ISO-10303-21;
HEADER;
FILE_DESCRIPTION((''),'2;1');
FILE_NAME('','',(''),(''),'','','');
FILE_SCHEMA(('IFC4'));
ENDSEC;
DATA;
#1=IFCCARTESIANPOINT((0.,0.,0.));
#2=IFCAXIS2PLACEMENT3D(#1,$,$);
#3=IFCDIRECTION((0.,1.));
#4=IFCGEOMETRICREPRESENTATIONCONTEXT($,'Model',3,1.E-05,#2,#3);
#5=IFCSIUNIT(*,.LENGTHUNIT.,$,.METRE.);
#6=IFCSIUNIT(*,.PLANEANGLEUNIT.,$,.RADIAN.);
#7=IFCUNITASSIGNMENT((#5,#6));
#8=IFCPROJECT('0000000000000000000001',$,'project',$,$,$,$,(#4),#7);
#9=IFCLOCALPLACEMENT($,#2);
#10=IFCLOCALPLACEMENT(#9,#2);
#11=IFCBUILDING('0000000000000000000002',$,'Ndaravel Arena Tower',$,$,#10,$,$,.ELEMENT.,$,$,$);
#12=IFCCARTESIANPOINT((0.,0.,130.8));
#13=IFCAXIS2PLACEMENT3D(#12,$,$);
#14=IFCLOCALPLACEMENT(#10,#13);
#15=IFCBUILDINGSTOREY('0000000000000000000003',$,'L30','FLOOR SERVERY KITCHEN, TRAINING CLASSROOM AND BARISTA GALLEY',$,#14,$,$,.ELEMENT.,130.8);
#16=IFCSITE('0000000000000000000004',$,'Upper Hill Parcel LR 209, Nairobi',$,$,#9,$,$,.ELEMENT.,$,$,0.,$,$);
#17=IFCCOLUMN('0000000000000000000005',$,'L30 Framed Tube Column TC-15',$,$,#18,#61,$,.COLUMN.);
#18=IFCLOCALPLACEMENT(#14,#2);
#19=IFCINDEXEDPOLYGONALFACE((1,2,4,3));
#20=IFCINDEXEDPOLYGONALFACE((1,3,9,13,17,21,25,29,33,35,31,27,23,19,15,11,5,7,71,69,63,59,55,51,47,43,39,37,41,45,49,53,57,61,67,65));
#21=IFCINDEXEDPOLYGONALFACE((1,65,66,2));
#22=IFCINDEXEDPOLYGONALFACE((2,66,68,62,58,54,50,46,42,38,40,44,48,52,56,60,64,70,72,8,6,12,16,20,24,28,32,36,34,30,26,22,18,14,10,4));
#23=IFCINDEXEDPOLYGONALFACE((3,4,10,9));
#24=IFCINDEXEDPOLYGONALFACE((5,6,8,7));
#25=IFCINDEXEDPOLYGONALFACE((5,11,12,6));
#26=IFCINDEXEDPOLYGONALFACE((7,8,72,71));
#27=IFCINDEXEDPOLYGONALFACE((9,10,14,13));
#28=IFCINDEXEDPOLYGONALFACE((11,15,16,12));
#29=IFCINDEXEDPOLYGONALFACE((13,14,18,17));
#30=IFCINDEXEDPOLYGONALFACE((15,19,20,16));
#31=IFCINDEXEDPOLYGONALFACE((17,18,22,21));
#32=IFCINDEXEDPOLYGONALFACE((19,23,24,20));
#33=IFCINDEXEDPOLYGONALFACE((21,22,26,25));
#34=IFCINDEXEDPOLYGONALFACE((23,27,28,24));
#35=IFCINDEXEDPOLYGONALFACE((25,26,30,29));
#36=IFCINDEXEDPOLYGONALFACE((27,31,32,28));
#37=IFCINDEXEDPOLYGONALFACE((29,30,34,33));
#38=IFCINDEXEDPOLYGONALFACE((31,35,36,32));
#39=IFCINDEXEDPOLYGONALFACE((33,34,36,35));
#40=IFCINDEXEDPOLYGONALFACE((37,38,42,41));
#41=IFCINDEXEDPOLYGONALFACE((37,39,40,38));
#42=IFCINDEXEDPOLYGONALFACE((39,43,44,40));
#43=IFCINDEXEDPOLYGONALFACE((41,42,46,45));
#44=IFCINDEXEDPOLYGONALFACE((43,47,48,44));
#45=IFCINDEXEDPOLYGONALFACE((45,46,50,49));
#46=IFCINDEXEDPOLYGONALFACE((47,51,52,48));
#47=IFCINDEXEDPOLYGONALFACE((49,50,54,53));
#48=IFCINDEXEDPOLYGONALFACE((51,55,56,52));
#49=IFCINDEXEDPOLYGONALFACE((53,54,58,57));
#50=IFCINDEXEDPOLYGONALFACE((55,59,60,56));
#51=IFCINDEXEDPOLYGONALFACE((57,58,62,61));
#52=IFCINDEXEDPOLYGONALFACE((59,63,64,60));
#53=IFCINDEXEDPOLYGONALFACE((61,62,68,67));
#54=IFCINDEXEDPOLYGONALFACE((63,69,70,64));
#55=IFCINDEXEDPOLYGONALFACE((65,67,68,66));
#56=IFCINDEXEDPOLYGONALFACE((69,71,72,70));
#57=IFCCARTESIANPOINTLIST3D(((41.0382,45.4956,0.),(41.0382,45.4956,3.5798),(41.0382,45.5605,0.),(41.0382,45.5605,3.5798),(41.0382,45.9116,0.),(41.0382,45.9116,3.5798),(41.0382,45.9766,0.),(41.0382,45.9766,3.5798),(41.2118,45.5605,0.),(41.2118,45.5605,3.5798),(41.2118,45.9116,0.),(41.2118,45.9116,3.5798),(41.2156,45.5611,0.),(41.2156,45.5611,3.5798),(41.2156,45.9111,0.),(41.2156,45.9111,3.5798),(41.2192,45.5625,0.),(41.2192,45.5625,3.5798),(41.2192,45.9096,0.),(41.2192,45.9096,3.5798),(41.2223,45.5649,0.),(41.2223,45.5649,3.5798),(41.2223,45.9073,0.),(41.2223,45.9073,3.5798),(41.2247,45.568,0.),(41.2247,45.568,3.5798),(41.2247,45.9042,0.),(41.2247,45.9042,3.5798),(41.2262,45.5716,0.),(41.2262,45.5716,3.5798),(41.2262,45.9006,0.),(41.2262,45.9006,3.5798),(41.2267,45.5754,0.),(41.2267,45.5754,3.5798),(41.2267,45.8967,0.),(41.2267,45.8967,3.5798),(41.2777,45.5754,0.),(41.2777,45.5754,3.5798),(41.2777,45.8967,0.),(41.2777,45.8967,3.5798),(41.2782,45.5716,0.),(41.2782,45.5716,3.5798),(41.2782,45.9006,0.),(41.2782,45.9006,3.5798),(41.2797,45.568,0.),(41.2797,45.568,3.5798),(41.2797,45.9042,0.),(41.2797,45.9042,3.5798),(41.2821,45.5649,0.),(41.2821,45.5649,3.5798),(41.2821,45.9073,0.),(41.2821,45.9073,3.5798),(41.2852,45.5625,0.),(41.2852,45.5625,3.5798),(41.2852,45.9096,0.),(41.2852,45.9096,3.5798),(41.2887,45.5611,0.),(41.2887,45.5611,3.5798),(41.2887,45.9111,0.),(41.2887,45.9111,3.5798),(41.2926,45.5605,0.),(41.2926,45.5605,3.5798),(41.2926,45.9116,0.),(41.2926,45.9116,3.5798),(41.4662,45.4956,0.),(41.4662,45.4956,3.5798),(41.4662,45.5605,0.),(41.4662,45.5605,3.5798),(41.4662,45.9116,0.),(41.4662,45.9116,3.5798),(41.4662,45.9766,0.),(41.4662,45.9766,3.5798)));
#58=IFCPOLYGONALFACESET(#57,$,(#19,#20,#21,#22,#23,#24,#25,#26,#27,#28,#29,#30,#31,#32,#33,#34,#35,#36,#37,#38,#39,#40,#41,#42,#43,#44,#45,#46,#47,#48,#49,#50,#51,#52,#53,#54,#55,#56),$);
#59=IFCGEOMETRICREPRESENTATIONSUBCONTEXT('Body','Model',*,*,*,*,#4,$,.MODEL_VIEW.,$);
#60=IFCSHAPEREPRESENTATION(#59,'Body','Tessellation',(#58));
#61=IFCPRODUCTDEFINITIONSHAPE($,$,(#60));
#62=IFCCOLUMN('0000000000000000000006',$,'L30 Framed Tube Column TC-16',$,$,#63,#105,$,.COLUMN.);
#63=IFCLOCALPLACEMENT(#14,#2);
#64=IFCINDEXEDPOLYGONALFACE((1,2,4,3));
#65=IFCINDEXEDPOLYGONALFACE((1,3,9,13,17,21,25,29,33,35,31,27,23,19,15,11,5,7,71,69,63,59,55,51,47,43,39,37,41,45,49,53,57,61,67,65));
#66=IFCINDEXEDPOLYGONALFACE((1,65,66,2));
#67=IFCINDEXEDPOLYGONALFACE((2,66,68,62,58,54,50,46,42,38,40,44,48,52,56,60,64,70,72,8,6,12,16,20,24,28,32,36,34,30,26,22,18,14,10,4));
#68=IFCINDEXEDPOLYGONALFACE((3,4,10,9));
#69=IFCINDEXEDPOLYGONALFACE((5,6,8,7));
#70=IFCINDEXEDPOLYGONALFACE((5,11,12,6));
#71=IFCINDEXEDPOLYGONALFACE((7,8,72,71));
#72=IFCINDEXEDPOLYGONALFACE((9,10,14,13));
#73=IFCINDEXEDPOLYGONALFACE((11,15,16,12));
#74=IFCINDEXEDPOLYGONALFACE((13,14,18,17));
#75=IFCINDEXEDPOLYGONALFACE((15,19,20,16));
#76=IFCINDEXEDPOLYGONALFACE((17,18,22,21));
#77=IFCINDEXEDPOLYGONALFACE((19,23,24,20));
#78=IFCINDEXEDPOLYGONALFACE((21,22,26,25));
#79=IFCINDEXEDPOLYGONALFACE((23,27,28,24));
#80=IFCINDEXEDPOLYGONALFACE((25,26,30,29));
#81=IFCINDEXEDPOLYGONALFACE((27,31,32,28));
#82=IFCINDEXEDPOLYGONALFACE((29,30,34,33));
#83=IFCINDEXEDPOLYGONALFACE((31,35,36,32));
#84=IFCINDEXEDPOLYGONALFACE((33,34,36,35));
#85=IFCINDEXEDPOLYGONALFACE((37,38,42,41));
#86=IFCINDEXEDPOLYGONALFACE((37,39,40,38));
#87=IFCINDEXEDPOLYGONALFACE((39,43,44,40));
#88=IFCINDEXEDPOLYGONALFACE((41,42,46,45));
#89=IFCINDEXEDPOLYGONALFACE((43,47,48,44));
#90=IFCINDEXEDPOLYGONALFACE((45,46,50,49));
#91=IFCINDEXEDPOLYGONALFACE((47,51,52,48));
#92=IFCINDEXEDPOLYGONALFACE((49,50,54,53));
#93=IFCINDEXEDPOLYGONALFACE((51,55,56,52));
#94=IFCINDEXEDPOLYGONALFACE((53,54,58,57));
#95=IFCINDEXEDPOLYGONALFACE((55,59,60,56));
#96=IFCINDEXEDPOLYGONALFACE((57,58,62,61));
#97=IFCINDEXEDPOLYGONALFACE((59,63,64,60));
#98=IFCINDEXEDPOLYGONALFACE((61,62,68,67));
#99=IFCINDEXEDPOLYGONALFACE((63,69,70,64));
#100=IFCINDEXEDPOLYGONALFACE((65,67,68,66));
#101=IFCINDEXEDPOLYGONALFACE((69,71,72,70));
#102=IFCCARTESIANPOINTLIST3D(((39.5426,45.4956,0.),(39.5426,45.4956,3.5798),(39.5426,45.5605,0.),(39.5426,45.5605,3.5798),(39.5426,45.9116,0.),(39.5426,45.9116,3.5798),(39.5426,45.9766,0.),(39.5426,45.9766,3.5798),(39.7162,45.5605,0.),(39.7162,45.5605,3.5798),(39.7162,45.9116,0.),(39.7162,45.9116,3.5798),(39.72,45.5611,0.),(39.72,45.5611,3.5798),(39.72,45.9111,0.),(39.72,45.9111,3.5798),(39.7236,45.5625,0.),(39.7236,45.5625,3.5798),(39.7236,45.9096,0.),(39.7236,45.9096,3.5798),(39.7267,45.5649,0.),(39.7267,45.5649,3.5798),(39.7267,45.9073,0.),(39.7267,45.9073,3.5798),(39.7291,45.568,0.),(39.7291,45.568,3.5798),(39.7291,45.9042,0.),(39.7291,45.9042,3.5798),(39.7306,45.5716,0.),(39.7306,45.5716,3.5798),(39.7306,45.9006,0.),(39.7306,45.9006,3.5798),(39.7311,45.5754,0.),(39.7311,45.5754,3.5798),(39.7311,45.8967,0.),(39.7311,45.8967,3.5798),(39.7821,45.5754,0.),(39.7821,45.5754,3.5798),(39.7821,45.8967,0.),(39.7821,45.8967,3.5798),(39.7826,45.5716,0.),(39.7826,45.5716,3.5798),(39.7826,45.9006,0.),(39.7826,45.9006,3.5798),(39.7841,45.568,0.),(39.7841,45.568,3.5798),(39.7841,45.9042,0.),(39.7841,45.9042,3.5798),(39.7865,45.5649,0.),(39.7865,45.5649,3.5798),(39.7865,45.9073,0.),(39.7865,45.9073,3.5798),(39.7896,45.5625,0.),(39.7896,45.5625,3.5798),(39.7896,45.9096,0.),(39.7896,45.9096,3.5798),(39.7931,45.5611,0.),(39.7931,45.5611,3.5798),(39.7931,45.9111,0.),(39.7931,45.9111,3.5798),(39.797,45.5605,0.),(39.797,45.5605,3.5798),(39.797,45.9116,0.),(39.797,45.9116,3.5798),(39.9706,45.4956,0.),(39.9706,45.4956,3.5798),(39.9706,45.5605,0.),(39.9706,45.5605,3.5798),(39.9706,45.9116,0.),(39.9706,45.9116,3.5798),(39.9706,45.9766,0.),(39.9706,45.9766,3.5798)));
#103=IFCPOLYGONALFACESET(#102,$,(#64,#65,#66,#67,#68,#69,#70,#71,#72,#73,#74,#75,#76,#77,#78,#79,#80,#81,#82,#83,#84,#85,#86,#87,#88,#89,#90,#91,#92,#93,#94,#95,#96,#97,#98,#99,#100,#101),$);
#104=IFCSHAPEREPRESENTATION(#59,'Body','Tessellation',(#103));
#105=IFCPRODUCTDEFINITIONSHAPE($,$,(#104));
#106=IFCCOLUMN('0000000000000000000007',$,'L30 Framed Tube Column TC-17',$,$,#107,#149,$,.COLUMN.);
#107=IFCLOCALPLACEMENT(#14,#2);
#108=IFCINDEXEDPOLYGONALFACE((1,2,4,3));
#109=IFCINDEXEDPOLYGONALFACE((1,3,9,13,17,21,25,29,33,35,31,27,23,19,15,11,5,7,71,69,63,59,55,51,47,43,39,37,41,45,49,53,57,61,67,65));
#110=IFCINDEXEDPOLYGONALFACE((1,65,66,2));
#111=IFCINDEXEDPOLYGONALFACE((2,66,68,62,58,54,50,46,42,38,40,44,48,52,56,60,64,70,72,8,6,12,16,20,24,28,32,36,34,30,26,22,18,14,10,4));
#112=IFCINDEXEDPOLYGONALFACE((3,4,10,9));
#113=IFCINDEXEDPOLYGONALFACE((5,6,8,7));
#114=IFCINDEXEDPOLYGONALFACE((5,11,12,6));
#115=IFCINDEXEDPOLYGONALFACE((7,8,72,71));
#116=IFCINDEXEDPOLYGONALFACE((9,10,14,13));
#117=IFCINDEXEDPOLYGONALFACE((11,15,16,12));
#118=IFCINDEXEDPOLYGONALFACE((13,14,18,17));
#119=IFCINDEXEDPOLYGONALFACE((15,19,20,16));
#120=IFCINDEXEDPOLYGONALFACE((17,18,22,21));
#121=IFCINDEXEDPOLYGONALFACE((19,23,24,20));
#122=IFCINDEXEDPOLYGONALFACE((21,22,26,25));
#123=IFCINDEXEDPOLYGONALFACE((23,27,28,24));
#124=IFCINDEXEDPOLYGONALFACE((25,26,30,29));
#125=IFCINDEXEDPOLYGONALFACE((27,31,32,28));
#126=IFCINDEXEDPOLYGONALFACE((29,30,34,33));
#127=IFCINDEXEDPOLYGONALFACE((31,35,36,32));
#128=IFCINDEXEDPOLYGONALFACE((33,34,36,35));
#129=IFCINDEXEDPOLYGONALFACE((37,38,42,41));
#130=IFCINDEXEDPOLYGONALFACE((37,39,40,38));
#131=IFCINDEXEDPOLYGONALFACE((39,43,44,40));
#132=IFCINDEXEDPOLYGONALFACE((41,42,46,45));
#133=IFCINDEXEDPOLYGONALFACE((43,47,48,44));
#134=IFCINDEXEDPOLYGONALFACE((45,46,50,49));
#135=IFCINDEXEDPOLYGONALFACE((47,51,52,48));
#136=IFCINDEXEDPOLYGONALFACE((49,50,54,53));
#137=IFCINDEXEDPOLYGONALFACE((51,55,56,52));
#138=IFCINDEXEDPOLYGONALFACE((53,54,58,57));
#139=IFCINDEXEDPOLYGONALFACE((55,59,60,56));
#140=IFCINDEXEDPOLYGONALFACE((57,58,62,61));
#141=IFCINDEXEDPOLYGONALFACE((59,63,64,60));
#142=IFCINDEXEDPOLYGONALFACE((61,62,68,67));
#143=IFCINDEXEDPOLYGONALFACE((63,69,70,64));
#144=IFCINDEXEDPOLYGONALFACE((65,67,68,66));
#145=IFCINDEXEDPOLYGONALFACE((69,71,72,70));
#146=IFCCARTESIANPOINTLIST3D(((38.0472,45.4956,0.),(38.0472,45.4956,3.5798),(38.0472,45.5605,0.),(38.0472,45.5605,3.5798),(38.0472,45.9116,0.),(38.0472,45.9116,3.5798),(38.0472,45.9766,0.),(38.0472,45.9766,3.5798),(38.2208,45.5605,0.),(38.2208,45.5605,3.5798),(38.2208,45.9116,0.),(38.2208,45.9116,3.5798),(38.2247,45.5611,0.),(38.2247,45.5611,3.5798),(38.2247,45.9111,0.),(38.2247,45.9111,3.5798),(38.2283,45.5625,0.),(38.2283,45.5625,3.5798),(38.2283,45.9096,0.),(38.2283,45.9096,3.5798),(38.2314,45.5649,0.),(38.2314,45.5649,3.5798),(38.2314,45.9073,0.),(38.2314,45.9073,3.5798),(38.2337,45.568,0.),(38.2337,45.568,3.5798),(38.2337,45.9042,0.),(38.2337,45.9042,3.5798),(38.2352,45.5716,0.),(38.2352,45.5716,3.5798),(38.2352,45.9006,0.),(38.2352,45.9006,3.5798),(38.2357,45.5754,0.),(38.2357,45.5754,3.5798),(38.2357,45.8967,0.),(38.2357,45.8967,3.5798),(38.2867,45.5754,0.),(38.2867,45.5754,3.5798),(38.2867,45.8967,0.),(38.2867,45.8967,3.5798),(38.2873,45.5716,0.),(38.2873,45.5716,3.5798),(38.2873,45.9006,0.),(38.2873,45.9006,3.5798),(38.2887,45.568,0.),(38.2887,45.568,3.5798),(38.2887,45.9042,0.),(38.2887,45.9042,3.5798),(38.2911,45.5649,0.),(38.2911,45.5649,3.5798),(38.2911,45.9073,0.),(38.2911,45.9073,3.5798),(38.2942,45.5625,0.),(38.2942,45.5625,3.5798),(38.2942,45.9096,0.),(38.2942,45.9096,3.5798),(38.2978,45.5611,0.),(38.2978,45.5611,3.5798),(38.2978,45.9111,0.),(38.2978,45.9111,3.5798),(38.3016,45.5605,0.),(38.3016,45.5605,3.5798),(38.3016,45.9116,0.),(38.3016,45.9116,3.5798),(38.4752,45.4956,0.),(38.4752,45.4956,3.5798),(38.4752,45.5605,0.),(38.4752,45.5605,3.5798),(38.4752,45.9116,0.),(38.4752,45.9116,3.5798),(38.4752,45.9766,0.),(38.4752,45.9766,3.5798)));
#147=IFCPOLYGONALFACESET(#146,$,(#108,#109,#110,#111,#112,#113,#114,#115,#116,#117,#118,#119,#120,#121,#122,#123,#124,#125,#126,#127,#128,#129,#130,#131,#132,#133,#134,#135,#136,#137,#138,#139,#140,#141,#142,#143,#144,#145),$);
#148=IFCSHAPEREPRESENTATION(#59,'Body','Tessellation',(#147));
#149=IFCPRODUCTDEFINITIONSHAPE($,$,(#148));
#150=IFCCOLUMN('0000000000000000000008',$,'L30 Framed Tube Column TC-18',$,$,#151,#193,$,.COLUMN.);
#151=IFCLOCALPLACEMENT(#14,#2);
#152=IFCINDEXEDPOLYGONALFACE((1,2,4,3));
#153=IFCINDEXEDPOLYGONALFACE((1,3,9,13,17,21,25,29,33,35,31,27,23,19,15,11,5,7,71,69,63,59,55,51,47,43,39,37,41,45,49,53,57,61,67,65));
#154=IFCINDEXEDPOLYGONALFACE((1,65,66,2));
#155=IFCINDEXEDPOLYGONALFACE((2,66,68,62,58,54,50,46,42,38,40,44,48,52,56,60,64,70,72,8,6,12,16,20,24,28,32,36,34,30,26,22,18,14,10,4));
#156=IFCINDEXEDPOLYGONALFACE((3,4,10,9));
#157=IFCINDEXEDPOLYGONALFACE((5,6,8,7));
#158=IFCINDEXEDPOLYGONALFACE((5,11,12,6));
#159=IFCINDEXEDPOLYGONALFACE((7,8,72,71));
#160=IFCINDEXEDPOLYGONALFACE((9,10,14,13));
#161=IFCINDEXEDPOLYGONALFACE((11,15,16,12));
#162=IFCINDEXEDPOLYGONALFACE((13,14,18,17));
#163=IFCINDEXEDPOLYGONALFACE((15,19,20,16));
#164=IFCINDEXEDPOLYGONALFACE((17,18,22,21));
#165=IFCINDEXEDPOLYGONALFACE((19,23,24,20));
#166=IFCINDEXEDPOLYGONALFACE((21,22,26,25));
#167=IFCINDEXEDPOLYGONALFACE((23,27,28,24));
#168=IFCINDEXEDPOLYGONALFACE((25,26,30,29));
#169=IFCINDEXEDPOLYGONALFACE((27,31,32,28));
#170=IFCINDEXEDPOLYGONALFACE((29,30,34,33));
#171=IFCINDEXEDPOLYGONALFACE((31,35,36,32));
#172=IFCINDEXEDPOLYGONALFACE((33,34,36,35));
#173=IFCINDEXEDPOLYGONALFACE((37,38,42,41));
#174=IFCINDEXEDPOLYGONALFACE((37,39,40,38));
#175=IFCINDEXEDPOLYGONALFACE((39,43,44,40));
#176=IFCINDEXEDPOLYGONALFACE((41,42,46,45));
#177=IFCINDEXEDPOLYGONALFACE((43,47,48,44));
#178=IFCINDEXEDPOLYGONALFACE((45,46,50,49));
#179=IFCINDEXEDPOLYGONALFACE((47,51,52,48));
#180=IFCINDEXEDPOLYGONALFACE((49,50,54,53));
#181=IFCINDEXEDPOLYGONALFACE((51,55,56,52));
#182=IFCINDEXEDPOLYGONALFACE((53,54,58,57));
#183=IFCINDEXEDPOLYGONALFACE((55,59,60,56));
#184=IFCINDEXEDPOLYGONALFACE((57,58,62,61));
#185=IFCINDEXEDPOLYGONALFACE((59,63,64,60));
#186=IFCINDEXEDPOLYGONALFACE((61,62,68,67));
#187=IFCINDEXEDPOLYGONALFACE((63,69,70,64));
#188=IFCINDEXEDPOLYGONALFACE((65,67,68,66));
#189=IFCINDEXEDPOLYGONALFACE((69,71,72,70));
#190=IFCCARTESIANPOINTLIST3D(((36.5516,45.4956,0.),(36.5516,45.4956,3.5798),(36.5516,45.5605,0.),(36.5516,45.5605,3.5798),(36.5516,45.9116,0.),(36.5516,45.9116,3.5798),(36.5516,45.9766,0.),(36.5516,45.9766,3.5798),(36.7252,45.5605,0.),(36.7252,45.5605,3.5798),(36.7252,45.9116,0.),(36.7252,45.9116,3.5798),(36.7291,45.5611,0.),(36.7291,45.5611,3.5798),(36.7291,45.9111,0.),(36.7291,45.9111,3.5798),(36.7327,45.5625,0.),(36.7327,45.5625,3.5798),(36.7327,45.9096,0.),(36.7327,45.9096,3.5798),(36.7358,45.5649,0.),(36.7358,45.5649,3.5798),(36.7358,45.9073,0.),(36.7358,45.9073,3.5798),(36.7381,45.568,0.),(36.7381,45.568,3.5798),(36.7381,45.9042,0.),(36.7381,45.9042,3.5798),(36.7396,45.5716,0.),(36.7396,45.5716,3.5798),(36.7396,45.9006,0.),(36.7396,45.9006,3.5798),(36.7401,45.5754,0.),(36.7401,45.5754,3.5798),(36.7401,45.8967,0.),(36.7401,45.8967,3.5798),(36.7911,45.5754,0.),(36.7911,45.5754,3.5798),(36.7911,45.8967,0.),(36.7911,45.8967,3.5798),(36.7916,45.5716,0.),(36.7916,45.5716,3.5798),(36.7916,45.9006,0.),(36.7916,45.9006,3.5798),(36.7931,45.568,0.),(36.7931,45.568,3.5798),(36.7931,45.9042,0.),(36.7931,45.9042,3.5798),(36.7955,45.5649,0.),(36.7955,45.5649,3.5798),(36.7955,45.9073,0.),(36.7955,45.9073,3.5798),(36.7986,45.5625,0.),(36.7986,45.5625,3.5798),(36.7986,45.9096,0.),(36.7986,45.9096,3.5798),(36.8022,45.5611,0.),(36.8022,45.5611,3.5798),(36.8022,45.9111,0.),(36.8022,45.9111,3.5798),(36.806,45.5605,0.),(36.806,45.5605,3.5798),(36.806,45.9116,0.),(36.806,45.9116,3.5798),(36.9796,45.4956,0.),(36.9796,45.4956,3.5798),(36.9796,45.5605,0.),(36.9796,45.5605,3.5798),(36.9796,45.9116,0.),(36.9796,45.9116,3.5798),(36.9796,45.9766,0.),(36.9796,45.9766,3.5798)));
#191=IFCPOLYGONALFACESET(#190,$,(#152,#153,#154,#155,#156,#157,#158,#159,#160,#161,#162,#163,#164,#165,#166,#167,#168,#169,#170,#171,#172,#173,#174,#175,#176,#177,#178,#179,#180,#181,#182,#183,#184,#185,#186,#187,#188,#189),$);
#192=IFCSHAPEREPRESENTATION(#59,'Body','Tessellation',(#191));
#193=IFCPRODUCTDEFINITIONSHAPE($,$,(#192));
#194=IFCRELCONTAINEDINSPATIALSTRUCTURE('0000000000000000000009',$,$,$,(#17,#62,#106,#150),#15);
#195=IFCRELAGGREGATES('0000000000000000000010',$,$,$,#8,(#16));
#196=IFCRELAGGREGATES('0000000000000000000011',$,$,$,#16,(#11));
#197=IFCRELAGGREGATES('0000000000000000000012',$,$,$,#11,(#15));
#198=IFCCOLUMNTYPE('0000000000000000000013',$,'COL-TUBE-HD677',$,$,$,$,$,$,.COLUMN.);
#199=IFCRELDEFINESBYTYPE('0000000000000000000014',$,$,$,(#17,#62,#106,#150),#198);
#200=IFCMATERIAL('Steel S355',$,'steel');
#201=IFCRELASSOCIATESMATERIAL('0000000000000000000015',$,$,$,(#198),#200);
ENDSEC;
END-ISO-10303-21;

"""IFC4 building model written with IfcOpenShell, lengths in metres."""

from ifc_helpers import new_model, si_unit, direction, frame, origin, origin_2d, place, context, subcontext, project, spatial, i_section, extrude, material, material_profile, profile_set, type_object, element, save


model = new_model("IFC4")

# Units and contexts
model_context = context("Model", 3, precision=1e-05, world=origin(), true_north=direction((0.0, 1.0)))
body_context = subcontext(model_context, "Body", "Model", "MODEL_VIEW")
ifc_project = project(units=[si_unit("LENGTHUNIT", "METRE"), si_unit("PLANEANGLEUNIT", "RADIAN")], contexts=[model_context])

# Site, building, storey
site_placement = place(None, origin())
site = spatial("IfcSite", under=ifc_project, at=site_placement, Name="Upper Hill Parcel LR 209, Nairobi", CompositionType="ELEMENT", RefElevation=0.0)
building_placement = place(site_placement, origin())
building = spatial("IfcBuilding", under=site, at=building_placement, Name="Ndaravel Arena Tower", CompositionType="ELEMENT")
storey_placement = place(building_placement, frame((0.0, 0.0, 130.8)))
storey = spatial("IfcBuildingStorey", under=building, at=storey_placement, Name="L30", Description="FLOOR SERVERY KITCHEN, TRAINING CLASSROOM AND BARISTA GALLEY", CompositionType="ELEMENT", Elevation=130.8)

# Columns
ifc_material_1 = material(Name="Steel S355", Category="steel")
ifc_material_profile_1 = material_profile(ifc_material_1, i_section(OverallWidth=0.428, OverallDepth=0.481, WebThickness=0.051, FlangeThickness=0.0649, FilletRadius=0.0149, at=origin_2d()), Name="HD 400x677")
ifc_profile_set_1 = profile_set([ifc_material_profile_1], Name="Steel S355")
column_type = type_object("IfcColumnType", Name="COL-TUBE-HD677", PredefinedType="COLUMN", material=ifc_profile_set_1)
for number, where, z_axis, x_axis, name in (
    (1, (41.2522, 45.7361, 0.0), (0.0, 0.0, 1.0), (1.0, 0.0, 0.0), "L30 Framed Tube Column TC-15"),
    (2, (39.7566, 45.7361, 0.0), (0.0, 0.0, 1.0), (1.0, 0.0, 0.0), "L30 Framed Tube Column TC-16"),
    (3, (38.2612, 45.7361, 0.0), (0.0, 0.0, 1.0), (1.0, 0.0, 0.0), "L30 Framed Tube Column TC-17"),
    (4, (36.7656, 45.7361, 0.0), (0.0, 0.0, 1.0), (1.0, 0.0, 0.0), "L30 Framed Tube Column TC-18"),
):
    element("IfcColumn", number, at=place(storey_placement, frame(where, z_axis=z_axis, x_axis=x_axis)), inside=storey, type_object=column_type, Name=name, PredefinedType="COLUMN", context=body_context, shape_type="SweptSolid", body=[
        extrude(i_section(OverallWidth=0.428, OverallDepth=0.481, WebThickness=0.051, FlangeThickness=0.0649, FilletRadius=0.0149, at=origin_2d()), origin(), (0.0, 0.0, 1.0), 3.5798),
    ])

save(model, "model.ifc")
